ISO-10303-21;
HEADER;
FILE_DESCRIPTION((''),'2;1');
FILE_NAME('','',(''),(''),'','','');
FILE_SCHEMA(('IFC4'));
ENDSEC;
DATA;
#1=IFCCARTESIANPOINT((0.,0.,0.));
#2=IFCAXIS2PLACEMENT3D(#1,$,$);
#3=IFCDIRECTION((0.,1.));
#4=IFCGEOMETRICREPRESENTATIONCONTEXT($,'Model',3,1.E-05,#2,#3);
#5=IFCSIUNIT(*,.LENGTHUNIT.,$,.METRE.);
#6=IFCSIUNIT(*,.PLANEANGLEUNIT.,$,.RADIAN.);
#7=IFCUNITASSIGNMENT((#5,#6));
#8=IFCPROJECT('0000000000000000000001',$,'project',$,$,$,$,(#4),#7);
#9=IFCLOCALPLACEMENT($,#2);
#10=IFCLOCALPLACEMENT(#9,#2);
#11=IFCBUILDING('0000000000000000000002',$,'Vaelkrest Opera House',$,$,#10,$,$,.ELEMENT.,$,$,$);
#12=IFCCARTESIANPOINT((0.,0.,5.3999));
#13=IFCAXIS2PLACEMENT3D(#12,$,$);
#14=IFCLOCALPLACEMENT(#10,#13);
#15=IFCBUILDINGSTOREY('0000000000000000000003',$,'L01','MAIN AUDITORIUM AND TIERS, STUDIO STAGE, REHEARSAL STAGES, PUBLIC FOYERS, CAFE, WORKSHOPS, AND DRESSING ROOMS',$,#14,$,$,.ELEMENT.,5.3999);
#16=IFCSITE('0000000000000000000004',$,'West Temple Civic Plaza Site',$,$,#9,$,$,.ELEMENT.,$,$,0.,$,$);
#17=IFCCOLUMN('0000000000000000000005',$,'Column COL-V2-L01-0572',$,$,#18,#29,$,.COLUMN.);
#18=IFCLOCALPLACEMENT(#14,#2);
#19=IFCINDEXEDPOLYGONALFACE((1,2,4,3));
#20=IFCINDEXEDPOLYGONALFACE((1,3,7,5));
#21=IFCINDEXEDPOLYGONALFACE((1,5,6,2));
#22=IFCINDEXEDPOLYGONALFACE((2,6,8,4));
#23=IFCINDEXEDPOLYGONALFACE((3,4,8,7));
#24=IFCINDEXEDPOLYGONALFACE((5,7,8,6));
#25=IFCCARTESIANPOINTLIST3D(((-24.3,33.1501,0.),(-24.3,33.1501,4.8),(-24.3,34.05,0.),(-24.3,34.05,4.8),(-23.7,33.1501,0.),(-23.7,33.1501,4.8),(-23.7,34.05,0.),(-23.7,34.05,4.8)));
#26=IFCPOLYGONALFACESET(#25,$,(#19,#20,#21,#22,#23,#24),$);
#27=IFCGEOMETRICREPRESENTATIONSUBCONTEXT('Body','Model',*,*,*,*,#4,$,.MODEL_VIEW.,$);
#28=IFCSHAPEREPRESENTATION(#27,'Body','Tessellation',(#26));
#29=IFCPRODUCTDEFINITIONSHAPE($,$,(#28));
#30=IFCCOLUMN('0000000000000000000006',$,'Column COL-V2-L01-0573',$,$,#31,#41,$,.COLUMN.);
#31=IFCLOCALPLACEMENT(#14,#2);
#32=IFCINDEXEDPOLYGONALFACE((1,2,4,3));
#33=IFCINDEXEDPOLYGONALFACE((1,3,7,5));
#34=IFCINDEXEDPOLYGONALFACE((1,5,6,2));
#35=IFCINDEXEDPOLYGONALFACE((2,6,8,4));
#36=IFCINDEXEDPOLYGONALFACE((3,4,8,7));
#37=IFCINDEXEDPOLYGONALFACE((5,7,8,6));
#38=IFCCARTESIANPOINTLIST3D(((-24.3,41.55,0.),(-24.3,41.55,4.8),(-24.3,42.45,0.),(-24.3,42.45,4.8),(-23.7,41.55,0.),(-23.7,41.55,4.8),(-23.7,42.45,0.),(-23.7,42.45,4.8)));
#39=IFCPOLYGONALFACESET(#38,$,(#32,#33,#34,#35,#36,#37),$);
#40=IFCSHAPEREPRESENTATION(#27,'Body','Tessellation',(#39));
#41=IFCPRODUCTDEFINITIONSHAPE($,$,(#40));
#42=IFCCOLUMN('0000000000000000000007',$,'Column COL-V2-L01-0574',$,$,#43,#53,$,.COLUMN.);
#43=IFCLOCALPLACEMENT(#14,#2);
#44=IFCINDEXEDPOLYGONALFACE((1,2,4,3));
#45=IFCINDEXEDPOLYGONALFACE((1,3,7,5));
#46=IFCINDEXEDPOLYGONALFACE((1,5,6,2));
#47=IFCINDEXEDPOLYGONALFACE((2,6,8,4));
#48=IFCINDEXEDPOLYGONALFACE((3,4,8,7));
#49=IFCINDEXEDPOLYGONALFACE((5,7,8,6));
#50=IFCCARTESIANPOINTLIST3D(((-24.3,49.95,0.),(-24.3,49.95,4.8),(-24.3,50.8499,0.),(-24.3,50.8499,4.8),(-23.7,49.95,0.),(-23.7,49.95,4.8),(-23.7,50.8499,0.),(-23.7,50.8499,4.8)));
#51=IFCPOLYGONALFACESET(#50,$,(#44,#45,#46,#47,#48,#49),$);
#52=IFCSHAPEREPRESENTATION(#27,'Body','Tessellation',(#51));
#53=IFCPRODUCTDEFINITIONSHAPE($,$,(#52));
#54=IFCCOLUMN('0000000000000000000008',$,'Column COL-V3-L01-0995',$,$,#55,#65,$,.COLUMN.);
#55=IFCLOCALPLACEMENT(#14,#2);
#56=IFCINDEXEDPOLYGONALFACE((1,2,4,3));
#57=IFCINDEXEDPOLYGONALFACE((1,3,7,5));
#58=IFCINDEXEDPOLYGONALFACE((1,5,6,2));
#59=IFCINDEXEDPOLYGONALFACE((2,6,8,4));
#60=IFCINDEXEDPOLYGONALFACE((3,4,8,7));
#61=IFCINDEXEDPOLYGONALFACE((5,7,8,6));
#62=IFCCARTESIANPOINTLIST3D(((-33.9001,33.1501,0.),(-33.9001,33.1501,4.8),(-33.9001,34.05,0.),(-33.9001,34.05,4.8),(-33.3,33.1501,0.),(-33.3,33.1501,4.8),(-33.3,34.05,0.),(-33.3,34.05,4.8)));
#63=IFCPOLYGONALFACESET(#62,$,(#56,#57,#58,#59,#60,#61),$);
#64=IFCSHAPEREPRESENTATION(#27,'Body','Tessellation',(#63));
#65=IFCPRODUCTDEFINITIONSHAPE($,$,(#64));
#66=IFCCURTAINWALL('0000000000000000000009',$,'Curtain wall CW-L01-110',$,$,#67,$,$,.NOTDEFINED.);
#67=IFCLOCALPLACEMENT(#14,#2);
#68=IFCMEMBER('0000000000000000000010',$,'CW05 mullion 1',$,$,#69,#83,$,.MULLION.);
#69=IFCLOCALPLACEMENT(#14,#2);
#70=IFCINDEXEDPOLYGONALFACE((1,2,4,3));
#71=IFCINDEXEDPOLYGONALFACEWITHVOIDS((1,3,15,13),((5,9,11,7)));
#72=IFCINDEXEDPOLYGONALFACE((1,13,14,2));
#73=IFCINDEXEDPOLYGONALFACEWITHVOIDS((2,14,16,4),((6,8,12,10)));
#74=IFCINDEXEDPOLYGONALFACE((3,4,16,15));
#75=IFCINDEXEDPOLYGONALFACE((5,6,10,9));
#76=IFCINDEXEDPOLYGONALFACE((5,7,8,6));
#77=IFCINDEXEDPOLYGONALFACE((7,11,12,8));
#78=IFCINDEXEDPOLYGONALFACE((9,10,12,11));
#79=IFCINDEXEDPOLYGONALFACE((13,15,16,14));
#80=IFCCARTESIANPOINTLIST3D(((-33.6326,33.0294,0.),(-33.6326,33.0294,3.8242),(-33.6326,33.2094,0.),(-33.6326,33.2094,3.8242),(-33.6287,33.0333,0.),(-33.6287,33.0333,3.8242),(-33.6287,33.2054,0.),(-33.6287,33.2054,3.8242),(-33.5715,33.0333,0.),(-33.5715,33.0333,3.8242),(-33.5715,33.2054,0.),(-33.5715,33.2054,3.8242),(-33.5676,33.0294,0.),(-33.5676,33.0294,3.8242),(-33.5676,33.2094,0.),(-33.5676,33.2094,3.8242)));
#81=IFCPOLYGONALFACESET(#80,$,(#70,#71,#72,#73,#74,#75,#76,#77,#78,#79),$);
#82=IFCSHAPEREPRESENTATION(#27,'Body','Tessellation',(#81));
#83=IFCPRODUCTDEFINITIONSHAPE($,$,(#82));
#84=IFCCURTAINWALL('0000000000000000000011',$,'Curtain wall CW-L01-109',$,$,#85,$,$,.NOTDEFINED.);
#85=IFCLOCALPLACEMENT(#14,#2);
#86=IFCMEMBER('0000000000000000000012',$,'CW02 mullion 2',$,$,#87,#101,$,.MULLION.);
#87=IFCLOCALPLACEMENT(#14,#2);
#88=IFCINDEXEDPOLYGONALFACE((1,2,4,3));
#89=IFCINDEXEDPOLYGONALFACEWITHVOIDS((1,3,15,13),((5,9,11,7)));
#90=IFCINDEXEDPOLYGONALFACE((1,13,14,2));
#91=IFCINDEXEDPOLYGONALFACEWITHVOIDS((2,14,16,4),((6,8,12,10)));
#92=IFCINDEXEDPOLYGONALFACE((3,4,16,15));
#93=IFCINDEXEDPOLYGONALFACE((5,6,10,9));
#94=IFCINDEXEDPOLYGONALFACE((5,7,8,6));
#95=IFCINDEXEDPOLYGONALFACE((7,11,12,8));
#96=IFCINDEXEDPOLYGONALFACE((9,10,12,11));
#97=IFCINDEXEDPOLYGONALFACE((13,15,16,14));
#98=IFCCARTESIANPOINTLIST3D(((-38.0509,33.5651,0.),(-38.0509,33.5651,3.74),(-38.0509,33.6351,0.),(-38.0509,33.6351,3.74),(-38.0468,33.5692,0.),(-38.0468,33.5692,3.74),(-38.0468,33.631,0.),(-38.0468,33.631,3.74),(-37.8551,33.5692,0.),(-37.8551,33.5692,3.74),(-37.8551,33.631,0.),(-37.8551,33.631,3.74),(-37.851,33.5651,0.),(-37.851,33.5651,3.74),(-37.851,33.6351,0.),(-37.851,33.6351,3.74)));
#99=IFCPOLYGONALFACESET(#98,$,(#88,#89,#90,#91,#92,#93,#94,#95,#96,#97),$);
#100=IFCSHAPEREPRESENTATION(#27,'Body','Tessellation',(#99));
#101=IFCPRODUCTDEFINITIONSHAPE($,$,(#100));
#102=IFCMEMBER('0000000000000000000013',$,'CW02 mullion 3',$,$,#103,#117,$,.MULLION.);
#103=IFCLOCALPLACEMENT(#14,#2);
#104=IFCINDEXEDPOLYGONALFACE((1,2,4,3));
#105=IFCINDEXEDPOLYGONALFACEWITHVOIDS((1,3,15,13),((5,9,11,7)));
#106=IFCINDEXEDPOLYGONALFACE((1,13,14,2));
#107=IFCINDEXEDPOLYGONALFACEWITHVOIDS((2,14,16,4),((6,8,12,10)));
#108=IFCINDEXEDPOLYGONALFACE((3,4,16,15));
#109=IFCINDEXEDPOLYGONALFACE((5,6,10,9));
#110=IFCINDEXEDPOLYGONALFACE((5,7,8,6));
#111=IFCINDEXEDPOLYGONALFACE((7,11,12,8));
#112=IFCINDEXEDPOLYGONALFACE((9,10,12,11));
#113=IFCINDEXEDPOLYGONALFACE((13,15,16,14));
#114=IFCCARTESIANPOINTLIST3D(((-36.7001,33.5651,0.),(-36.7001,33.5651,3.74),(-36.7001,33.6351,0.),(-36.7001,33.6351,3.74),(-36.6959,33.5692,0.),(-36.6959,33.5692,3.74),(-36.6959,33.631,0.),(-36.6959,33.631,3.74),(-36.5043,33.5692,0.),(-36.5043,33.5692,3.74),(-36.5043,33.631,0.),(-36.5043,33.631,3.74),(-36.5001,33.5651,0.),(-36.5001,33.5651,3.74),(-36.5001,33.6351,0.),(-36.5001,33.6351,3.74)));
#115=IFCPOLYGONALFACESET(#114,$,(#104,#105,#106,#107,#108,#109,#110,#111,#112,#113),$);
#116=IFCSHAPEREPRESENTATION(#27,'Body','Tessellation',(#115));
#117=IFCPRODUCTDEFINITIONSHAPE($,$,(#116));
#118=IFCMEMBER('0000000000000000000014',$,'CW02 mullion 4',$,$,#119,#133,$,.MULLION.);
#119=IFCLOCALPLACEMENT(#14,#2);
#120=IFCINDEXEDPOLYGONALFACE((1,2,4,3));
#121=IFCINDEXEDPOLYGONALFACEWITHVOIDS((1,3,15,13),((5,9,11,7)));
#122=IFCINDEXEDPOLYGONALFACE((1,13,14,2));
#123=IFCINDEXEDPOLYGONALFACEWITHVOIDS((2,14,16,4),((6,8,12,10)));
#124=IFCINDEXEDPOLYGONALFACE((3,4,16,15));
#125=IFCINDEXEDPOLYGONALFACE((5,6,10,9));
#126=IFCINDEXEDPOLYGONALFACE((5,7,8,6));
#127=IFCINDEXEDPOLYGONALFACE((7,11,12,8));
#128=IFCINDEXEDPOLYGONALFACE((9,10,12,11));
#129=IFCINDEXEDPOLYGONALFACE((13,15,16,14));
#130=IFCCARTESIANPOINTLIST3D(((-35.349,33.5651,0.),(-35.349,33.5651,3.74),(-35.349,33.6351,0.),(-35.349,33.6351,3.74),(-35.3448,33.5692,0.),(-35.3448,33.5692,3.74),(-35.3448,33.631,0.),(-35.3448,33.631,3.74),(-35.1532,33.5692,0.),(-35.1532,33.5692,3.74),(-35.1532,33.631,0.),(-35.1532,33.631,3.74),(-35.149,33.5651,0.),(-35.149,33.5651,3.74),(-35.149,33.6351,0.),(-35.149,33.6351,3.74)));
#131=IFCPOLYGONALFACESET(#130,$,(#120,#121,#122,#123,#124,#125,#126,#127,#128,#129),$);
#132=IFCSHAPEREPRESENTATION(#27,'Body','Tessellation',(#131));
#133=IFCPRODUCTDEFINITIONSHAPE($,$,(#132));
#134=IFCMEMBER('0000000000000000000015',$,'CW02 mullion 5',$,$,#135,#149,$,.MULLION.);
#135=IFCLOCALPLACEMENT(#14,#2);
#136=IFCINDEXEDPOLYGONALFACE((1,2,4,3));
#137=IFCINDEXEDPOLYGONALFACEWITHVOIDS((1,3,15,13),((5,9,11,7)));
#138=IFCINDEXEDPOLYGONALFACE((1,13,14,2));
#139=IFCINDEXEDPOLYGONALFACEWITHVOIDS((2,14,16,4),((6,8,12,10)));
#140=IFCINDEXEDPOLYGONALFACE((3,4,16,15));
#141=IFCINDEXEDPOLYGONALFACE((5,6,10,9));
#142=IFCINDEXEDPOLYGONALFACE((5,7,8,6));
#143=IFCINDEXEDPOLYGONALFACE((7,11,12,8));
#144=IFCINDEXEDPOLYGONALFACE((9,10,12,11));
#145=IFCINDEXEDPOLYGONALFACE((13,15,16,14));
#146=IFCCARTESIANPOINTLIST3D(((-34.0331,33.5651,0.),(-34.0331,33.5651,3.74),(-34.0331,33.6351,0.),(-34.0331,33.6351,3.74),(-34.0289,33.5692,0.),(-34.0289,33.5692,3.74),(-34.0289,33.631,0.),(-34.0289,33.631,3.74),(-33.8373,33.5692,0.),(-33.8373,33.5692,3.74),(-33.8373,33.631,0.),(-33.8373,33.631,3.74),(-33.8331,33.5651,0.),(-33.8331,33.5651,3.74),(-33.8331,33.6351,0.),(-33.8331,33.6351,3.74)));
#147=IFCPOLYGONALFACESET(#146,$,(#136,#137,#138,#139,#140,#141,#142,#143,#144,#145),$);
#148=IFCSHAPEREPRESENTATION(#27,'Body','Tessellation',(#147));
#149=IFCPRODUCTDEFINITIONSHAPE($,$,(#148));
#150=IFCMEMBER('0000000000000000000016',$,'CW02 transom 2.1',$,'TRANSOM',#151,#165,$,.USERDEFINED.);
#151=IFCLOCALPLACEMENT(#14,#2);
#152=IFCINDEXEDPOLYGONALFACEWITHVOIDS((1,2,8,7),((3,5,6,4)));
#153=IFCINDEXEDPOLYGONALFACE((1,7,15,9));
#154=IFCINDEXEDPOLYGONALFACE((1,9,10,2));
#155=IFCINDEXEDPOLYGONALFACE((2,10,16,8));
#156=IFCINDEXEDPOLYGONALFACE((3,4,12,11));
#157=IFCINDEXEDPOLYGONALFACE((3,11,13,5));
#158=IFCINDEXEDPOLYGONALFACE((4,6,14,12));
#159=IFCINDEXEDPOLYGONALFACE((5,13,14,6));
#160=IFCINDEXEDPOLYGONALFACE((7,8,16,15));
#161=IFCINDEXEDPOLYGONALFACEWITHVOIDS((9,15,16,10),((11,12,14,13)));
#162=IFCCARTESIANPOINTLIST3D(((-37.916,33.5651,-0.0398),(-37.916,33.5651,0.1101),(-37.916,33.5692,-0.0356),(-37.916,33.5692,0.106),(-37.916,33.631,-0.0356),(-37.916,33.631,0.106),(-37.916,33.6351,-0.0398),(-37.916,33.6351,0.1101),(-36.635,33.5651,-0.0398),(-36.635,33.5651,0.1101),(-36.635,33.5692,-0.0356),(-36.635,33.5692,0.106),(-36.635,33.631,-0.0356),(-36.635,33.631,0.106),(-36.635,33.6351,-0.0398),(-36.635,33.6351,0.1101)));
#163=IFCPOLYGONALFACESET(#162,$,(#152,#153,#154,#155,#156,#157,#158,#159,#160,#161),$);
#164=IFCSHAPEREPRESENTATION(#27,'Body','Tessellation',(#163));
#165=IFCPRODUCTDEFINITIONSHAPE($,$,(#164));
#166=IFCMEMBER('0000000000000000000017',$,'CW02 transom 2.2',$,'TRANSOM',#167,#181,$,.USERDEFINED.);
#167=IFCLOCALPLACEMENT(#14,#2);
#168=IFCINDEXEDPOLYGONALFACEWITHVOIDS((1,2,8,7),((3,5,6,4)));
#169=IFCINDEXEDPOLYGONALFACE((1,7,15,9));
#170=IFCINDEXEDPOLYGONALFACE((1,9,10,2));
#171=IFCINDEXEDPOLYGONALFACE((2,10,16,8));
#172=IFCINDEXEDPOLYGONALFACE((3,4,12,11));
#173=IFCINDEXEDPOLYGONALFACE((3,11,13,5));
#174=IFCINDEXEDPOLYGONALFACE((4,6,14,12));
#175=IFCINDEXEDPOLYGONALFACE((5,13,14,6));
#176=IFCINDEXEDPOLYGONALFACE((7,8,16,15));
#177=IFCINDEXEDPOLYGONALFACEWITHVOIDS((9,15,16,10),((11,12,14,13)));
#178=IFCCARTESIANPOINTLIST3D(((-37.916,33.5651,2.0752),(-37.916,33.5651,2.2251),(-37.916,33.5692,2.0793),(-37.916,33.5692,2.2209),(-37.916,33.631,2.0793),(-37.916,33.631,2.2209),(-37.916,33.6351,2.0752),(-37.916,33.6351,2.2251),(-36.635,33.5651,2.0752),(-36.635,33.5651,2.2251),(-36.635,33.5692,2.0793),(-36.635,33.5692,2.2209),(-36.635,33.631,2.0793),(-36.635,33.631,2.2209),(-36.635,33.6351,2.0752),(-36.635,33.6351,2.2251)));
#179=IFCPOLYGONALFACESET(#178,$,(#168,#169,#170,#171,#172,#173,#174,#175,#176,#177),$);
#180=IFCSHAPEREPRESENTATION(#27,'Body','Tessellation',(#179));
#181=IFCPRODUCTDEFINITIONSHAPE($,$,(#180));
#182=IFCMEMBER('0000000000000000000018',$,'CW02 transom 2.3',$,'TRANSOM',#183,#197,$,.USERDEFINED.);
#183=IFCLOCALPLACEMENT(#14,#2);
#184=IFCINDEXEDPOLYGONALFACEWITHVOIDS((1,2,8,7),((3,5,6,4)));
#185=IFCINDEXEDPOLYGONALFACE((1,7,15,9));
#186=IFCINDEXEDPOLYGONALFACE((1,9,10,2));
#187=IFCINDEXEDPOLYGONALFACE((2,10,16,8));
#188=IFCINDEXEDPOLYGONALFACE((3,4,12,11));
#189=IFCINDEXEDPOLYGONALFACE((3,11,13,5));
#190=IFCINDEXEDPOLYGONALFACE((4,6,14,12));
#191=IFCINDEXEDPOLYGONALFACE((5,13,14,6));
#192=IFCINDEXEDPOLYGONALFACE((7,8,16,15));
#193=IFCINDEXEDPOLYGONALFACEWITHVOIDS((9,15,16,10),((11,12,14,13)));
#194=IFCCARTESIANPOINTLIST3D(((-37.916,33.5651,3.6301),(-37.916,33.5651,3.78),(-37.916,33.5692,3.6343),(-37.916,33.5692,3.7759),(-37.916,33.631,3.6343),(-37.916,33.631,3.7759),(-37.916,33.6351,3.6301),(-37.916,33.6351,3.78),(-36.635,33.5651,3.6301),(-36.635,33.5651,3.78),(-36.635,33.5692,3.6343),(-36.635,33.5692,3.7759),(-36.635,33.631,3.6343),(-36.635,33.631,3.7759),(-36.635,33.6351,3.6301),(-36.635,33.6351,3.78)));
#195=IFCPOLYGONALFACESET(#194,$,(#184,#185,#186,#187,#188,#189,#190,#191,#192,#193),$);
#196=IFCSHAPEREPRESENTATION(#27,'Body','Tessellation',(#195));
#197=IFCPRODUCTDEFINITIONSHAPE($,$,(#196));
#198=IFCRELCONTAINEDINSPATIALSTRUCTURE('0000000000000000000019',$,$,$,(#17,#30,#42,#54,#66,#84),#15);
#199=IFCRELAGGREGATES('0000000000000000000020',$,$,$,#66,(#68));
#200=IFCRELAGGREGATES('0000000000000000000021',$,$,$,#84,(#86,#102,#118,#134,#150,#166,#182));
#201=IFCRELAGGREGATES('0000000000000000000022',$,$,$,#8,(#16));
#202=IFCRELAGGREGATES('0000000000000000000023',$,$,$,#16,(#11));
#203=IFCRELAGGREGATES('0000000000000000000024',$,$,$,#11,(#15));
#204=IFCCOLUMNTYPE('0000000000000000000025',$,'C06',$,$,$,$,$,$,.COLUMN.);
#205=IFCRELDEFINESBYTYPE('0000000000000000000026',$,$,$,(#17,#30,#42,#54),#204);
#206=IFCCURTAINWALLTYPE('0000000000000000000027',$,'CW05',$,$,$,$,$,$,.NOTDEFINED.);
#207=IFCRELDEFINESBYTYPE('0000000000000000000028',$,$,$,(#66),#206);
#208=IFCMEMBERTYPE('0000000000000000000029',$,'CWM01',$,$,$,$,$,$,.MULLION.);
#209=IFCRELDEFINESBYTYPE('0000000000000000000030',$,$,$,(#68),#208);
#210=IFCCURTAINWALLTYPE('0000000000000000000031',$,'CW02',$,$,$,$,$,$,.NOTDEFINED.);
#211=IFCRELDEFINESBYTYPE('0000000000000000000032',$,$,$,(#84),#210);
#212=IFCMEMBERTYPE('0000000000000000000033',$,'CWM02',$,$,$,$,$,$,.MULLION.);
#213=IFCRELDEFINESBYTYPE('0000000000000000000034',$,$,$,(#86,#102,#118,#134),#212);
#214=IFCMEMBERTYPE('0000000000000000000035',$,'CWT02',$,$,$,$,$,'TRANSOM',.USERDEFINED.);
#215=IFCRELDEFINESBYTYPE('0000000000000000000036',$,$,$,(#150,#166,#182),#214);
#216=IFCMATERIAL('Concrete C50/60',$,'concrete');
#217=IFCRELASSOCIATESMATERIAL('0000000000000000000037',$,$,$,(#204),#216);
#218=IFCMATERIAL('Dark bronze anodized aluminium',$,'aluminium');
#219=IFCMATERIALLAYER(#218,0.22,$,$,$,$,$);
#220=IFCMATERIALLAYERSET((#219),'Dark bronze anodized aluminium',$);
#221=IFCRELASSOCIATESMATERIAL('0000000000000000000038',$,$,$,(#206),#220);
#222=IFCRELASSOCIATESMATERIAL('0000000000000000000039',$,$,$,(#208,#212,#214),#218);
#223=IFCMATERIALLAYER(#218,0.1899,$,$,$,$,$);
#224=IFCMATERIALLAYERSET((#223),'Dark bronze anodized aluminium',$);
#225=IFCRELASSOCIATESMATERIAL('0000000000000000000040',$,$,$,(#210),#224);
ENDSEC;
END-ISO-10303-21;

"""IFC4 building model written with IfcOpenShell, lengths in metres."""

from ifc_helpers import new_model, si_unit, direction, frame, origin, origin_2d, place, context, subcontext, project, spatial, rectangle, hollow_rectangle, extrude, material, layer, layer_set, material_profile, profile_set, type_object, element, aggregate, save


model = new_model("IFC4")

# Units and contexts
model_context = context("Model", 3, precision=1e-05, world=origin(), true_north=direction((0.0, 1.0)))
body_context = subcontext(model_context, "Body", "Model", "MODEL_VIEW")
ifc_project = project(units=[si_unit("LENGTHUNIT", "METRE"), si_unit("PLANEANGLEUNIT", "RADIAN")], contexts=[model_context])

# Site, building, storey
site_placement = place(None, origin())
site = spatial("IfcSite", under=ifc_project, at=site_placement, Name="West Temple Civic Plaza Site", CompositionType="ELEMENT", RefElevation=0.0)
building_placement = place(site_placement, origin())
building = spatial("IfcBuilding", under=site, at=building_placement, Name="Vaelkrest Opera House", CompositionType="ELEMENT")
storey_placement = place(building_placement, frame((0.0, 0.0, 5.3999)))
storey = spatial("IfcBuildingStorey", under=building, at=storey_placement, Name="L01", Description="MAIN AUDITORIUM AND TIERS, STUDIO STAGE, REHEARSAL STAGES, PUBLIC FOYERS, CAFE, WORKSHOPS, AND DRESSING ROOMS", CompositionType="ELEMENT", Elevation=5.3999)

# Columns
ifc_material_1 = material(Name="Concrete C50/60", Category="concrete")
ifc_material_profile_1 = material_profile(ifc_material_1, rectangle(XDim=0.6001, YDim=0.8999, at=origin_2d()), Name="RC600X900")
ifc_profile_set_1 = profile_set([ifc_material_profile_1], Name="Concrete C50/60")
column_type = type_object("IfcColumnType", Name="C06", PredefinedType="COLUMN", material=ifc_profile_set_1)
for number, where, z_axis, x_axis, name in (
    (1, (-24.0, 33.6001, 0.0), (0.0, 0.0, 1.0), (1.0, 0.0, 0.0), "Column COL-V2-L01-0572"),
    (2, (-24.0, 42.0, 0.0), (0.0, 0.0, 1.0), (1.0, 0.0, 0.0), "Column COL-V2-L01-0573"),
    (3, (-24.0, 50.3999, 0.0), (0.0, 0.0, 1.0), (1.0, 0.0, 0.0), "Column COL-V2-L01-0574"),
    (4, (-33.6001, 33.6001, 0.0), (0.0, 0.0, 1.0), (1.0, 0.0, 0.0), "Column COL-V3-L01-0995"),
):
    element("IfcColumn", number, at=place(storey_placement, frame(where, z_axis=z_axis, x_axis=x_axis)), inside=storey, type_object=column_type, Name=name, PredefinedType="COLUMN", context=body_context, shape_type="SweptSolid", body=[
        extrude(rectangle(XDim=0.6001, YDim=0.8999, at=origin_2d()), origin(), (0.0, 0.0, 1.0), 4.8),
    ])

# Curtain wall, member
ifc_material_2 = material(Name="Dark bronze anodized aluminium", Category="aluminium")
ifc_layer_1 = layer(ifc_material_2, 0.22)
ifc_layer_set_1 = layer_set([ifc_layer_1], Name="Dark bronze anodized aluminium")
curtain_wall_type_1 = type_object("IfcCurtainWallType", Name="CW05", PredefinedType="NOTDEFINED", material=ifc_layer_set_1)
curtain_wall_1_placement = place(storey_placement, origin())
curtain_wall_1 = element("IfcCurtainWall", 5, at=curtain_wall_1_placement, inside=storey, type_object=curtain_wall_type_1, Name="Curtain wall CW-L01-110", PredefinedType="NOTDEFINED")
ifc_material_profile_2 = material_profile(ifc_material_2, hollow_rectangle(XDim=0.0649, YDim=0.1799, WallThickness=0.0039, at=origin_2d()), Name="CWM65X180")
ifc_profile_set_2 = profile_set([ifc_material_profile_2], Name="Dark bronze anodized aluminium")
member_type_1 = type_object("IfcMemberType", Name="CWM01", PredefinedType="MULLION", material=ifc_profile_set_2)
member_1_placement = place(storey_placement, frame((-33.6001, 33.1194, 0.0), z_axis=(0.0, 0.0, 1.0), x_axis=(1.0, 0.0, 0.0)))
member_1 = element("IfcMember", 6, at=member_1_placement, type_object=member_type_1, Name="CW05 mullion 1", PredefinedType="MULLION", context=body_context, shape_type="SweptSolid", body=[
    extrude(hollow_rectangle(XDim=0.0649, YDim=0.1799, WallThickness=0.0039, at=origin_2d()), origin(), (0.0, 0.0, 1.0), 3.8242),
])
aggregate(curtain_wall_1, [member_1])

# Curtain wall, members
ifc_layer_2 = layer(ifc_material_2, 0.1899)
ifc_layer_set_2 = layer_set([ifc_layer_2], Name="Dark bronze anodized aluminium")
curtain_wall_type_2 = type_object("IfcCurtainWallType", Name="CW02", PredefinedType="NOTDEFINED", material=ifc_layer_set_2)
curtain_wall_2_placement = place(storey_placement, origin())
curtain_wall_2 = element("IfcCurtainWall", 7, at=curtain_wall_2_placement, inside=storey, type_object=curtain_wall_type_2, Name="Curtain wall CW-L01-109", PredefinedType="NOTDEFINED")
ifc_material_profile_3 = material_profile(ifc_material_2, hollow_rectangle(XDim=0.0701, YDim=0.2, WallThickness=0.0042, at=origin_2d()), Name="CWM70X200")
ifc_profile_set_3 = profile_set([ifc_material_profile_3], Name="Dark bronze anodized aluminium")
member_type_2 = type_object("IfcMemberType", Name="CWM02", PredefinedType="MULLION", material=ifc_profile_set_3)
member_2_placement = place(storey_placement, frame((-37.9509, 33.6001, 0.0), z_axis=(0.0, 0.0, 1.0), x_axis=(0.0, 1.0, 0.0)))
member_2 = element("IfcMember", 8, at=member_2_placement, type_object=member_type_2, Name="CW02 mullion 2", PredefinedType="MULLION", context=body_context, shape_type="SweptSolid", body=[
    extrude(hollow_rectangle(XDim=0.0701, YDim=0.2, WallThickness=0.0042, at=origin_2d()), origin(), (0.0, 0.0, 1.0), 3.74),
])
member_3_placement = place(storey_placement, frame((-36.6001, 33.6001, 0.0), z_axis=(0.0, 0.0, 1.0), x_axis=(0.0, 1.0, 0.0)))
member_3 = element("IfcMember", 9, at=member_3_placement, type_object=member_type_2, Name="CW02 mullion 3", PredefinedType="MULLION", context=body_context, shape_type="SweptSolid", body=[
    extrude(hollow_rectangle(XDim=0.0701, YDim=0.2, WallThickness=0.0042, at=origin_2d()), origin(), (0.0, 0.0, 1.0), 3.74),
])
member_4_placement = place(storey_placement, frame((-35.249, 33.6001, 0.0), z_axis=(0.0, 0.0, 1.0), x_axis=(0.0, 1.0, 0.0)))
member_4 = element("IfcMember", 10, at=member_4_placement, type_object=member_type_2, Name="CW02 mullion 4", PredefinedType="MULLION", context=body_context, shape_type="SweptSolid", body=[
    extrude(hollow_rectangle(XDim=0.0701, YDim=0.2, WallThickness=0.0042, at=origin_2d()), origin(), (0.0, 0.0, 1.0), 3.74),
])
member_5_placement = place(storey_placement, frame((-33.9331, 33.6001, 0.0), z_axis=(0.0, 0.0, 1.0), x_axis=(0.0, 1.0, 0.0)))
member_5 = element("IfcMember", 11, at=member_5_placement, type_object=member_type_2, Name="CW02 mullion 5", PredefinedType="MULLION", context=body_context, shape_type="SweptSolid", body=[
    extrude(hollow_rectangle(XDim=0.0701, YDim=0.2, WallThickness=0.0042, at=origin_2d()), origin(), (0.0, 0.0, 1.0), 3.74),
])
ifc_material_profile_4 = material_profile(ifc_material_2, hollow_rectangle(XDim=0.0701, YDim=0.1499, WallThickness=0.0042, at=origin_2d()), Name="CWT70X150")
ifc_profile_set_4 = profile_set([ifc_material_profile_4], Name="Dark bronze anodized aluminium")
member_type_3 = type_object("IfcMemberType", Name="CWT02", ElementType="TRANSOM", PredefinedType="USERDEFINED", material=ifc_profile_set_4)
member_6_placement = place(storey_placement, frame((-37.916, 33.6001, 0.0352), z_axis=(1.0, 0.0, 0.0), x_axis=(0.0, 1.0, 0.0)))
member_6 = element("IfcMember", 12, at=member_6_placement, type_object=member_type_3, Name="CW02 transom 2.1", ObjectType="TRANSOM", PredefinedType="USERDEFINED", context=body_context, shape_type="SweptSolid", body=[
    extrude(hollow_rectangle(XDim=0.0701, YDim=0.1499, WallThickness=0.0042, at=origin_2d()), origin(), (0.0, 0.0, 1.0), 1.281),
])
member_7_placement = place(storey_placement, frame((-37.916, 33.6001, 2.1501), z_axis=(1.0, 0.0, 0.0), x_axis=(0.0, 1.0, 0.0)))
member_7 = element("IfcMember", 13, at=member_7_placement, type_object=member_type_3, Name="CW02 transom 2.2", ObjectType="TRANSOM", PredefinedType="USERDEFINED", context=body_context, shape_type="SweptSolid", body=[
    extrude(hollow_rectangle(XDim=0.0701, YDim=0.1499, WallThickness=0.0042, at=origin_2d()), origin(), (0.0, 0.0, 1.0), 1.281),
])
member_8_placement = place(storey_placement, frame((-37.916, 33.6001, 3.7051), z_axis=(1.0, 0.0, 0.0), x_axis=(0.0, 1.0, 0.0)))
member_8 = element("IfcMember", 14, at=member_8_placement, type_object=member_type_3, Name="CW02 transom 2.3", ObjectType="TRANSOM", PredefinedType="USERDEFINED", context=body_context, shape_type="SweptSolid", body=[
    extrude(hollow_rectangle(XDim=0.0701, YDim=0.1499, WallThickness=0.0042, at=origin_2d()), origin(), (0.0, 0.0, 1.0), 1.281),
])

aggregate(curtain_wall_2, [member_2, member_3, member_4, member_5, member_6, member_7, member_8])

save(model, "model.ifc")
